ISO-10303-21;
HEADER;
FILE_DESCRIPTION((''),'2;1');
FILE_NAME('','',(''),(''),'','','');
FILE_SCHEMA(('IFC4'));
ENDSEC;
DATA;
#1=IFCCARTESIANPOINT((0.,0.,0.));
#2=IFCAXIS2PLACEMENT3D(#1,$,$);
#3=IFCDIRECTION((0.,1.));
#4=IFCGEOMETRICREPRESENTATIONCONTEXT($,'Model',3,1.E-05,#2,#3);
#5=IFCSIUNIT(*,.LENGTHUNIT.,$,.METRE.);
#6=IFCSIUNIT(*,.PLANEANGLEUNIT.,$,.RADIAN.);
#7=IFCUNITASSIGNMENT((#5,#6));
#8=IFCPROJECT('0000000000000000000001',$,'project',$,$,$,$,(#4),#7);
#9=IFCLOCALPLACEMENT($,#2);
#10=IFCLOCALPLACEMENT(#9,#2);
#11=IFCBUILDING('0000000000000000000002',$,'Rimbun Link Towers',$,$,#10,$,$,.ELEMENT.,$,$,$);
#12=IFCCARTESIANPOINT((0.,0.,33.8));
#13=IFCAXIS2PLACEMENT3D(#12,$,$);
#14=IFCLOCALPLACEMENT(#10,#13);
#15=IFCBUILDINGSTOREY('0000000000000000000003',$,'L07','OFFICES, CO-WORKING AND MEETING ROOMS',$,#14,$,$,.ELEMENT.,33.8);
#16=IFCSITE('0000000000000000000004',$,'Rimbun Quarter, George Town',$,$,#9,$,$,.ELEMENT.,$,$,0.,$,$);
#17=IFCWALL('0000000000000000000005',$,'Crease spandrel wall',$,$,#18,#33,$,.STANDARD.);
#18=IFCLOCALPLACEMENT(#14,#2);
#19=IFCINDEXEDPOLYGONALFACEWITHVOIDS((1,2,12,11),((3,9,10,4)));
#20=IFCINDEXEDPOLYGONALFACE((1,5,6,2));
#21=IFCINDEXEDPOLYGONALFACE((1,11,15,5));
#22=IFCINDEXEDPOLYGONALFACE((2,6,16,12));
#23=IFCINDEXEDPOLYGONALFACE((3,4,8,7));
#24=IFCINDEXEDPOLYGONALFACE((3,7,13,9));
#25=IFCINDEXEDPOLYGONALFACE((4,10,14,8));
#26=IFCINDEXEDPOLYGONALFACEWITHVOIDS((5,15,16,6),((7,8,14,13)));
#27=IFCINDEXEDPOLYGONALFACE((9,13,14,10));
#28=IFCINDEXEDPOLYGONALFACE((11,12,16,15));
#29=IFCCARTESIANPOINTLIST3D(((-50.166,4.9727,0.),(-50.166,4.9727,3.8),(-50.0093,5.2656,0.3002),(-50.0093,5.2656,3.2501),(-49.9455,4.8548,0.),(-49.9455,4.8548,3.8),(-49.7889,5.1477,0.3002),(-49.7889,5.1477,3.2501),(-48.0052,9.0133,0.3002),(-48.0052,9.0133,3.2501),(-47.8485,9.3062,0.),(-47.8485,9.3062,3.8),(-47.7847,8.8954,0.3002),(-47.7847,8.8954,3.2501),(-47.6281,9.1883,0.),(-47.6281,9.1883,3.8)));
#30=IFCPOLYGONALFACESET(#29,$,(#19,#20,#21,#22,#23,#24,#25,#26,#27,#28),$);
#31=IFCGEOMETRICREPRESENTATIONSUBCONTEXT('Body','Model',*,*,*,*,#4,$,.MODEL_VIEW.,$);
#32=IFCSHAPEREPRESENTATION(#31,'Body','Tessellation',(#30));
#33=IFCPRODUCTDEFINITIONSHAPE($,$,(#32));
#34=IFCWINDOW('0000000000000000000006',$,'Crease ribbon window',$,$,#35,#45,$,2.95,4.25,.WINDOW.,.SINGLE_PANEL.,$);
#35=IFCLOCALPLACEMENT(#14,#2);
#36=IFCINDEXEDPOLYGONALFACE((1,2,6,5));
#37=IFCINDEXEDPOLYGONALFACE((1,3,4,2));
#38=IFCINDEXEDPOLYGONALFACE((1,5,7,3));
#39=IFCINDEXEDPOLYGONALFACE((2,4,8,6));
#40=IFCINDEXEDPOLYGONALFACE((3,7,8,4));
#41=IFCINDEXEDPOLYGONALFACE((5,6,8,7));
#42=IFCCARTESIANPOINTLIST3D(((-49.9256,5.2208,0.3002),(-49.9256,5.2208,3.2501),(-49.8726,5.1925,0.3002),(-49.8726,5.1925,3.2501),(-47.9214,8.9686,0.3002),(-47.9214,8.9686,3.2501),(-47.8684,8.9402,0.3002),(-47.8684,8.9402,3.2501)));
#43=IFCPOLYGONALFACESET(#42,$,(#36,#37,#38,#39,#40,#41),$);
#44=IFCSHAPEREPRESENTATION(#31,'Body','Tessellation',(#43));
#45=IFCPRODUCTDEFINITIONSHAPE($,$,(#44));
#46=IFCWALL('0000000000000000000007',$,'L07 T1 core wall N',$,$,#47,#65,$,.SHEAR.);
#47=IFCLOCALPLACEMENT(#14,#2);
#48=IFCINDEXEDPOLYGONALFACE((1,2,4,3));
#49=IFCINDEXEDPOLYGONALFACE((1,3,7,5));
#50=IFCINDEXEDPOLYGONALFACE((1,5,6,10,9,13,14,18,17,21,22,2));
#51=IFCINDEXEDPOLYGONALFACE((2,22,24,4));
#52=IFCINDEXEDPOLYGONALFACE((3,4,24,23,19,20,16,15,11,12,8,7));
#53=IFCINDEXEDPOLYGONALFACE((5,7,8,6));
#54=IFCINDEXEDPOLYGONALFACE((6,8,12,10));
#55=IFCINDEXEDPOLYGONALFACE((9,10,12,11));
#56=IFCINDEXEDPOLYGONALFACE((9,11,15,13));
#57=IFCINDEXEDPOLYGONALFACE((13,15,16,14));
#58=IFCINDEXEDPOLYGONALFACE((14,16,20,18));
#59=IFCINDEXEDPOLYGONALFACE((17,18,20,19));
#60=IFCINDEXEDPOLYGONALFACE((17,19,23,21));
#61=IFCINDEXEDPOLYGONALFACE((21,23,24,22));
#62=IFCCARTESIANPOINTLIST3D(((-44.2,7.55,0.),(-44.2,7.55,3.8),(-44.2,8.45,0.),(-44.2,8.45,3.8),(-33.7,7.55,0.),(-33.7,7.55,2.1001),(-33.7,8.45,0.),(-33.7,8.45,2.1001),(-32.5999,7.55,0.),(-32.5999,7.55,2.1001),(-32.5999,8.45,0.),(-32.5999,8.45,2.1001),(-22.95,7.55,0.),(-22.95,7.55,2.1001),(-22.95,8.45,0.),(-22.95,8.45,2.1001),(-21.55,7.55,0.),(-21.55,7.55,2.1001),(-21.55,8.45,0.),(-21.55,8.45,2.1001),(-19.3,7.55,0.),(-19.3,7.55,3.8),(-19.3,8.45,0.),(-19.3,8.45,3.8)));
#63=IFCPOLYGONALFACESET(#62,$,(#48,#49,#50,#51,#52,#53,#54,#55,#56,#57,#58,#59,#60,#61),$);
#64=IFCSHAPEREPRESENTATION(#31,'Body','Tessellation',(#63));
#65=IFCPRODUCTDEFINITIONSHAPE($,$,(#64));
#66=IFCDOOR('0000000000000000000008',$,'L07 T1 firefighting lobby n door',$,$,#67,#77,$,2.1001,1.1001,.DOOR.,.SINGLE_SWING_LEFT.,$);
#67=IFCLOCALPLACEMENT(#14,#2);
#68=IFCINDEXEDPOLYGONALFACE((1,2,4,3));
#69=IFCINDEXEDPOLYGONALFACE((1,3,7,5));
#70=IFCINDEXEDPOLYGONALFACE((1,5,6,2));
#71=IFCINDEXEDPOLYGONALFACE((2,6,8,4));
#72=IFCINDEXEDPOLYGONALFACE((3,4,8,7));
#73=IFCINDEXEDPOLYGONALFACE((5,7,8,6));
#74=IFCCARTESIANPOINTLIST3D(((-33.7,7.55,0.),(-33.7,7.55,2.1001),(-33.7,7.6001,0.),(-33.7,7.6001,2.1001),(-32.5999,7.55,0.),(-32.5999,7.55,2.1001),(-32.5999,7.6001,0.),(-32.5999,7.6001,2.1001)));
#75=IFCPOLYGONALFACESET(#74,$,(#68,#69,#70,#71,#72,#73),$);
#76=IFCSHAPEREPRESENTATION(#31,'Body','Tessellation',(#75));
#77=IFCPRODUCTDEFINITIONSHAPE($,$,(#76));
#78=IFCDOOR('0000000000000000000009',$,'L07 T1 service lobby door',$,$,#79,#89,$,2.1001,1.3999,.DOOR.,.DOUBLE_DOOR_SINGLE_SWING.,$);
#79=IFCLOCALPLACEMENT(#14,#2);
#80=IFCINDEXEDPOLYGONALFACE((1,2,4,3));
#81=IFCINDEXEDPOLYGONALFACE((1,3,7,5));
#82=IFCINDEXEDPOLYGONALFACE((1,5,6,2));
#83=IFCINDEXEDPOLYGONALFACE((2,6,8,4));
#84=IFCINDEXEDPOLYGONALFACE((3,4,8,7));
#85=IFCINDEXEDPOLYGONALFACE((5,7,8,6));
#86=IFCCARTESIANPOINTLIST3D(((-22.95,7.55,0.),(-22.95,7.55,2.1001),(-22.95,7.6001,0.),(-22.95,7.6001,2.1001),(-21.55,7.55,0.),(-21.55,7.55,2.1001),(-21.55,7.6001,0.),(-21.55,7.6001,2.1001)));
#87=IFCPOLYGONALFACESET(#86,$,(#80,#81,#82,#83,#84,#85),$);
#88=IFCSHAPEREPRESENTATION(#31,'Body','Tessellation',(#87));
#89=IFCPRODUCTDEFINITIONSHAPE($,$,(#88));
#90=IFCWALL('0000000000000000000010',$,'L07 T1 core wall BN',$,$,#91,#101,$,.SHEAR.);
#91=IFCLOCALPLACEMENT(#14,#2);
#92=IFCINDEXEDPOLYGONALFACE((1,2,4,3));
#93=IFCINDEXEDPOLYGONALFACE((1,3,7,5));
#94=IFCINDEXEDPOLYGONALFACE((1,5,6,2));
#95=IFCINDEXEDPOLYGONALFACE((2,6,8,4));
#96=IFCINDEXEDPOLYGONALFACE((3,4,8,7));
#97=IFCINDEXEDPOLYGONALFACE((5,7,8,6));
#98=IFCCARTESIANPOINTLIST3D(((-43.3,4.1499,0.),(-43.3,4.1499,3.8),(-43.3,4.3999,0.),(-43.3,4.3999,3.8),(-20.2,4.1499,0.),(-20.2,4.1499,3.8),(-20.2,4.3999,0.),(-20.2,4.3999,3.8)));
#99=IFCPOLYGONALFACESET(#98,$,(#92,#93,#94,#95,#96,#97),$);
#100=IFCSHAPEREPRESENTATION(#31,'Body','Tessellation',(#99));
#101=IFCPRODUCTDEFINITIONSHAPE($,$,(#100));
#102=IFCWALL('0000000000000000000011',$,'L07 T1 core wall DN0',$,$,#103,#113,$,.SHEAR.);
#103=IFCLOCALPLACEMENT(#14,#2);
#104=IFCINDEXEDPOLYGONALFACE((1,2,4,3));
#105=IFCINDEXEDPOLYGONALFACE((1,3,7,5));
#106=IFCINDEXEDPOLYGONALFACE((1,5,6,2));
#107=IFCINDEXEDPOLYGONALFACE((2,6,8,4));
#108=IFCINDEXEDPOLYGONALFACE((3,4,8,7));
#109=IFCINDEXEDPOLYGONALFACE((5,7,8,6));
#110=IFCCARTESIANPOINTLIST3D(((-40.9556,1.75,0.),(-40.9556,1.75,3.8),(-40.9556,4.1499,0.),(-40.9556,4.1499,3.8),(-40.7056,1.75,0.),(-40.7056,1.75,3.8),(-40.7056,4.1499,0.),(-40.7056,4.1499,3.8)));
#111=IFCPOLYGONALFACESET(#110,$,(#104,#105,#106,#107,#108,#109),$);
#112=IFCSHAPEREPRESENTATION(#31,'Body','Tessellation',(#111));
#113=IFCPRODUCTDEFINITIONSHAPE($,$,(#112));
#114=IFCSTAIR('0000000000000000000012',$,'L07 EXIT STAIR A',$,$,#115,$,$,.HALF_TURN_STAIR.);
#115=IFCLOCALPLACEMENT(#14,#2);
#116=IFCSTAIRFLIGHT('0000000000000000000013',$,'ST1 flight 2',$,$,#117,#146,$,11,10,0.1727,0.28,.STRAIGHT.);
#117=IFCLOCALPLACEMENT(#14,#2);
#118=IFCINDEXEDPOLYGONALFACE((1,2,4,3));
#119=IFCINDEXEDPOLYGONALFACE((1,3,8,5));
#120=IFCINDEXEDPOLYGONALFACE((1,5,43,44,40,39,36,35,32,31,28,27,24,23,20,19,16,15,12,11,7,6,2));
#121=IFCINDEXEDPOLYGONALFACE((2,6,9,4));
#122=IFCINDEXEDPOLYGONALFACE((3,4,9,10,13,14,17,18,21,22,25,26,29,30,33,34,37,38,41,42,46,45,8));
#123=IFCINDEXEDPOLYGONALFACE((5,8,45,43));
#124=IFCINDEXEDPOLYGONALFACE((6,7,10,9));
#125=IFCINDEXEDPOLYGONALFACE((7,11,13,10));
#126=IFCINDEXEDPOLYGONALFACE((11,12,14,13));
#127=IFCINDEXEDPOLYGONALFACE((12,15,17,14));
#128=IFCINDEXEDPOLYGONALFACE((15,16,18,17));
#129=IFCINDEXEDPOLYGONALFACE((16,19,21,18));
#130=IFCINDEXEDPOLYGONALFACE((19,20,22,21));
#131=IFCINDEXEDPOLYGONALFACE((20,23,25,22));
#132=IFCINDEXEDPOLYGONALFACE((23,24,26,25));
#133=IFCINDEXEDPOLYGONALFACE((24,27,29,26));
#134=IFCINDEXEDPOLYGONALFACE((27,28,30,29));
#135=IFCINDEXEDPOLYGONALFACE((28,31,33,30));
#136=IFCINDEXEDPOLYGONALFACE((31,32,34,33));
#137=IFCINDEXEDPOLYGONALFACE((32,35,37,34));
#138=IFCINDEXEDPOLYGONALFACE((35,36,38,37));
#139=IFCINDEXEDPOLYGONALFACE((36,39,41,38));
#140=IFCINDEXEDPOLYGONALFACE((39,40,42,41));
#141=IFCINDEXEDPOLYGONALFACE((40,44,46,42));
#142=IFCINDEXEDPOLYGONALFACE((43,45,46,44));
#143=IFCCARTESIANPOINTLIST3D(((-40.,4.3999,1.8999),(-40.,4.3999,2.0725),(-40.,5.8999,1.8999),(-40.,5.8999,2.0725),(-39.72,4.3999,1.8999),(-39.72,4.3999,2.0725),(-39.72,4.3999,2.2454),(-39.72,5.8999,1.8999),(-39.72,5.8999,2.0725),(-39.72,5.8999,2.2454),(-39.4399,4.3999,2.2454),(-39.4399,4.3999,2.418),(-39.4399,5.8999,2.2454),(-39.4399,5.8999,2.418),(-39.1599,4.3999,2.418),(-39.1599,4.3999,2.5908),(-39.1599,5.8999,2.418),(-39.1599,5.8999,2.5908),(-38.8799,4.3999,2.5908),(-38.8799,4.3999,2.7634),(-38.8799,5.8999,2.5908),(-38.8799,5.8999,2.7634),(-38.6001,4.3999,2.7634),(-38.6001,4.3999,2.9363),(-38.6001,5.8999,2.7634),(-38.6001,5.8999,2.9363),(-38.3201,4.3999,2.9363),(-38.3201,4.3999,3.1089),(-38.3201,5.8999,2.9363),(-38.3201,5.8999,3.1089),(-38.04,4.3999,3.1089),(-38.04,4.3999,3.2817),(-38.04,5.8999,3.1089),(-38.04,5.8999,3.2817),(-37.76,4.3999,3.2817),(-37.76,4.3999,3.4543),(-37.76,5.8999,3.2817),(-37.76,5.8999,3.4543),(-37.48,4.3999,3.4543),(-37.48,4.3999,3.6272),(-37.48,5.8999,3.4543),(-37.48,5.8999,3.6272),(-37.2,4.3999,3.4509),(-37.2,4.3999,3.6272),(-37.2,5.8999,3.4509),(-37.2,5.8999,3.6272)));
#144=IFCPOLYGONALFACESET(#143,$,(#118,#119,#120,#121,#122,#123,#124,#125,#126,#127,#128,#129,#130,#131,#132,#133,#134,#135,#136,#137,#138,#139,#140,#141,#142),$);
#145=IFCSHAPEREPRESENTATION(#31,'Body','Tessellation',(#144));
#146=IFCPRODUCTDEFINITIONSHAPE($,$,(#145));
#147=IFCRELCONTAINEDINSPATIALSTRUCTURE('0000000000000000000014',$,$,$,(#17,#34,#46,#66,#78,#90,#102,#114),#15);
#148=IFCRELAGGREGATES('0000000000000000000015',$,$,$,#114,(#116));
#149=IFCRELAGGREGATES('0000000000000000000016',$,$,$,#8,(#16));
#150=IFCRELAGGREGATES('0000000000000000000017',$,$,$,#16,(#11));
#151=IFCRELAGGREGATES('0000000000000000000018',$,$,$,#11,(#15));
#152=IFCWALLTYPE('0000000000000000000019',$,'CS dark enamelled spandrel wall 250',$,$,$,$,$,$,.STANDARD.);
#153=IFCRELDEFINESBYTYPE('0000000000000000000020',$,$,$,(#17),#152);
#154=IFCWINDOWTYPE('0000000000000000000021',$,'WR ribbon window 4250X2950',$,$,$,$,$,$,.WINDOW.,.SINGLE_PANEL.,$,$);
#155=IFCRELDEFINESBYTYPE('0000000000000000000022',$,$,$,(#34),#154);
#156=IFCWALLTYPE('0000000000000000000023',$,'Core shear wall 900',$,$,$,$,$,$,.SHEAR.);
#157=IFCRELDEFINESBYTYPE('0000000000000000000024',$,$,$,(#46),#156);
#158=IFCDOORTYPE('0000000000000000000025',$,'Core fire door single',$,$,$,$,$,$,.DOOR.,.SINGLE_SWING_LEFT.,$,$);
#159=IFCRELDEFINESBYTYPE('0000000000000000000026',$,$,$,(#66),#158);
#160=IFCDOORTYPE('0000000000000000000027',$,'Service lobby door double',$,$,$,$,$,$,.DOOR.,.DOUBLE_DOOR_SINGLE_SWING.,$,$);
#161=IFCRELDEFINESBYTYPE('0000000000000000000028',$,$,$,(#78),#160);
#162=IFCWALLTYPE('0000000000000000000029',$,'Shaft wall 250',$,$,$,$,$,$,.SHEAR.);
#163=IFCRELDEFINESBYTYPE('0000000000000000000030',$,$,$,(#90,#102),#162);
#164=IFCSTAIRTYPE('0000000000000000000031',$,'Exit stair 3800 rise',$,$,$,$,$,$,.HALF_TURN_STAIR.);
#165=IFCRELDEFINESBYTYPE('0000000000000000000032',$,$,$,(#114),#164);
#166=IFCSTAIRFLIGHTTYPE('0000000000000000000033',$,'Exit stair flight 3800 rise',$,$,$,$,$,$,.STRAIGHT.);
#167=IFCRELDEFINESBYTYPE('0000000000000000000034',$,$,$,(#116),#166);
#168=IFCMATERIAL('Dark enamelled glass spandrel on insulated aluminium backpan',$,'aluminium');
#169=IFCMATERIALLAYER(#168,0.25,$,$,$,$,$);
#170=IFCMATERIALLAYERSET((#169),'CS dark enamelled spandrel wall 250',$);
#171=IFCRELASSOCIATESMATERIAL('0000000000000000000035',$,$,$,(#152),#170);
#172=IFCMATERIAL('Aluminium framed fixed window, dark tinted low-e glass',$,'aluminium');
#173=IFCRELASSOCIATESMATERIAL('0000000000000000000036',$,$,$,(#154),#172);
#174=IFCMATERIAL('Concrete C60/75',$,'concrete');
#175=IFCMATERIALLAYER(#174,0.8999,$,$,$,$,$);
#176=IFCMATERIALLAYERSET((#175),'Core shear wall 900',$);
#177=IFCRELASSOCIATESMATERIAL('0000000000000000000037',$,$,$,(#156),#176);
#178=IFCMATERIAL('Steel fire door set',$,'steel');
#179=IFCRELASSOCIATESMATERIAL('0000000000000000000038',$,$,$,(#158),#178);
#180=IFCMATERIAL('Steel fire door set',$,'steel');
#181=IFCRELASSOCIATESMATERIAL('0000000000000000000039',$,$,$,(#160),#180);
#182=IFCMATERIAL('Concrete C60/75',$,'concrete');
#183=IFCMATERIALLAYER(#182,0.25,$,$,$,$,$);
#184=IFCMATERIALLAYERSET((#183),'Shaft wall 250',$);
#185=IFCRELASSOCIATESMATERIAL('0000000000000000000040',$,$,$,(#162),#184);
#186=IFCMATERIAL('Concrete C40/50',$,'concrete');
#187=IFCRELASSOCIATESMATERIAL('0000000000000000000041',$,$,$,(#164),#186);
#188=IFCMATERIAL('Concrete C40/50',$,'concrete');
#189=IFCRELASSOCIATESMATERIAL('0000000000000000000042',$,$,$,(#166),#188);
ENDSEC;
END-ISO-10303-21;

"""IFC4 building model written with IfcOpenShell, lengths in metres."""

from ifc_helpers import new_model, si_unit, direction, frame, frame_2d, origin, place, context, subcontext, project, spatial, polyline, rectangle, outline, extrude, material, layer, layer_set, type_object, element, fill, aggregate, save


model = new_model("IFC4")

# Units and contexts
model_context = context("Model", 3, precision=1e-05, world=origin(), true_north=direction((0.0, 1.0)))
body_context = subcontext(model_context, "Body", "Model", "MODEL_VIEW")
ifc_project = project(units=[si_unit("LENGTHUNIT", "METRE"), si_unit("PLANEANGLEUNIT", "RADIAN")], contexts=[model_context])

# Site, building, storey
site_placement = place(None, origin())
site = spatial("IfcSite", under=ifc_project, at=site_placement, Name="Rimbun Quarter, George Town", CompositionType="ELEMENT", RefElevation=0.0)
building_placement = place(site_placement, origin())
building = spatial("IfcBuilding", under=site, at=building_placement, Name="Rimbun Link Towers", CompositionType="ELEMENT")
storey_placement = place(building_placement, frame((0.0, 0.0, 33.8)))
storey = spatial("IfcBuildingStorey", under=building, at=storey_placement, Name="L07", Description="OFFICES, CO-WORKING AND MEETING ROOMS", CompositionType="ELEMENT", Elevation=33.8)

# Wall, opening, window
ifc_material_1 = material(Name="Dark enamelled glass spandrel on insulated aluminium backpan", Category="aluminium")
ifc_layer_1 = layer(ifc_material_1, 0.25)
ifc_layer_set_1 = layer_set([ifc_layer_1], Name="CS dark enamelled spandrel wall 250")
wall_type_1 = type_object("IfcWallType", Name="CS dark enamelled spandrel wall 250", PredefinedType="STANDARD", material=ifc_layer_set_1)
wall_1_placement = place(storey_placement, frame((-50.0557, 4.9138, 0.0), z_axis=(0.0, 0.0, 1.0), x_axis=(0.471568, 0.88183, 0.0)))
wall_1 = element("IfcWall", 1, at=wall_1_placement, inside=storey, type_object=wall_type_1, Name="Crease spandrel wall", PredefinedType="STANDARD", context=body_context, shape_type="SweptSolid", body=[
    extrude(rectangle(XDim=4.9143, YDim=0.25, at=frame_2d((2.457, 0.0))), origin(), (0.0, 0.0, 1.0), 3.8),
])
opening_1_placement = place(wall_1_placement, frame((0.332, 0.0, 0.3)))
opening_1 = element("IfcOpeningElement", 2, at=opening_1_placement, cuts=wall_1, PredefinedType="OPENING", context=body_context, shape_type="SweptSolid", body=[
    extrude(rectangle(XDim=4.25, YDim=2.95, at=frame_2d((2.125, 1.4751))), frame((0.0, 0.135, 0.0), z_axis=(0.0, -1.0, 0.0), x_axis=(1.0, 0.0, 0.0)), (0.0, 0.0, 1.0), 0.27),
])
ifc_material_2 = material(Name="Aluminium framed fixed window, dark tinted low-e glass", Category="aluminium")
window_type_1 = type_object("IfcWindowType", Name="WR ribbon window 4250X2950", PartitioningType="SINGLE_PANEL", PredefinedType="WINDOW", material=ifc_material_2)
window_1_placement = place(opening_1_placement, origin())
window_1 = element("IfcWindow", 3, at=window_1_placement, inside=storey, type_object=window_type_1, Name="Crease ribbon window", OverallHeight=2.95, OverallWidth=4.25, PartitioningType="SINGLE_PANEL", PredefinedType="WINDOW", context=body_context, shape_type="SweptSolid", body=[
    extrude(rectangle(XDim=4.25, YDim=2.95, at=frame_2d((2.125, 1.4751))), frame((0.0, 0.03, 0.0), z_axis=(0.0, -1.0, 0.0), x_axis=(1.0, 0.0, 0.0)), (0.0, 0.0, 1.0), 0.0601),
])
fill(opening_1, window_1)

# Wall, openings, doors
ifc_material_3 = material(Name="Concrete C60/75", Category="concrete")
ifc_layer_2 = layer(ifc_material_3, 0.8999)
ifc_layer_set_2 = layer_set([ifc_layer_2], Name="Core shear wall 900")
wall_type_2 = type_object("IfcWallType", Name="Core shear wall 900", PredefinedType="SHEAR", material=ifc_layer_set_2)
wall_2_placement = place(storey_placement, frame((-44.2, 8.0, 0.0), z_axis=(0.0, 0.0, 1.0), x_axis=(1.0, 0.0, 0.0)))
wall_2 = element("IfcWall", 4, at=wall_2_placement, inside=storey, type_object=wall_type_2, Name="L07 T1 core wall N", PredefinedType="SHEAR", context=body_context, shape_type="SweptSolid", body=[
    extrude(rectangle(XDim=24.8999, YDim=0.8999, at=frame_2d((12.45, 0.0))), origin(), (0.0, 0.0, 1.0), 3.8),
])
opening_2_placement = place(wall_2_placement, frame((10.5, 0.0, 0.0)))
opening_2 = element("IfcOpeningElement", 5, at=opening_2_placement, cuts=wall_2, PredefinedType="OPENING", context=body_context, shape_type="SweptSolid", body=[
    extrude(rectangle(XDim=1.1001, YDim=2.1001, at=frame_2d((0.55, 1.05))), frame((0.0, 0.46, 0.0), z_axis=(0.0, -1.0, 0.0), x_axis=(1.0, 0.0, 0.0)), (0.0, 0.0, 1.0), 0.9199),
])
opening_3_placement = place(wall_2_placement, frame((21.25, 0.0, 0.0)))
opening_3 = element("IfcOpeningElement", 6, at=opening_3_placement, cuts=wall_2, PredefinedType="OPENING", context=body_context, shape_type="SweptSolid", body=[
    extrude(rectangle(XDim=1.3999, YDim=2.1001, at=frame_2d((0.7, 1.05))), frame((0.0, 0.46, 0.0), z_axis=(0.0, -1.0, 0.0), x_axis=(1.0, 0.0, 0.0)), (0.0, 0.0, 1.0), 0.9199),
])
ifc_material_4 = material(Name="Steel fire door set", Category="steel")
door_type_1 = type_object("IfcDoorType", Name="Core fire door single", OperationType="SINGLE_SWING_LEFT", PredefinedType="DOOR", material=ifc_material_4)
door_1_placement = place(opening_2_placement, origin())
door_1 = element("IfcDoor", 7, at=door_1_placement, inside=storey, type_object=door_type_1, Name="L07 T1 firefighting lobby n door", OperationType="SINGLE_SWING_LEFT", OverallHeight=2.1001, OverallWidth=1.1001, PredefinedType="DOOR", context=body_context, shape_type="SweptSolid", body=[
    extrude(rectangle(XDim=1.1001, YDim=2.1001, at=frame_2d((0.55, 1.05))), frame((0.0, -0.3999, 0.0), z_axis=(0.0, -1.0, 0.0), x_axis=(1.0, 0.0, 0.0)), (0.0, 0.0, 1.0), 0.05),
])
fill(opening_2, door_1)
ifc_material_5 = material(Name="Steel fire door set", Category="steel")
door_type_2 = type_object("IfcDoorType", Name="Service lobby door double", OperationType="DOUBLE_DOOR_SINGLE_SWING", PredefinedType="DOOR", material=ifc_material_5)
door_2_placement = place(opening_3_placement, origin())
door_2 = element("IfcDoor", 8, at=door_2_placement, inside=storey, type_object=door_type_2, Name="L07 T1 service lobby door", OperationType="DOUBLE_DOOR_SINGLE_SWING", OverallHeight=2.1001, OverallWidth=1.3999, PredefinedType="DOOR", context=body_context, shape_type="SweptSolid", body=[
    extrude(rectangle(XDim=1.3999, YDim=2.1001, at=frame_2d((0.7, 1.05))), frame((0.0, -0.3999, 0.0), z_axis=(0.0, -1.0, 0.0), x_axis=(1.0, 0.0, 0.0)), (0.0, 0.0, 1.0), 0.05),
])
fill(opening_3, door_2)

# Walls
ifc_material_6 = material(Name="Concrete C60/75", Category="concrete")
ifc_layer_3 = layer(ifc_material_6, 0.25)
ifc_layer_set_3 = layer_set([ifc_layer_3], Name="Shaft wall 250")
wall_type_3 = type_object("IfcWallType", Name="Shaft wall 250", PredefinedType="SHEAR", material=ifc_layer_set_3)
wall_3_placement = place(storey_placement, frame((-43.3, 4.2749, 0.0), z_axis=(0.0, 0.0, 1.0), x_axis=(1.0, 0.0, 0.0)))
element("IfcWall", 9, at=wall_3_placement, inside=storey, type_object=wall_type_3, Name="L07 T1 core wall BN", PredefinedType="SHEAR", context=body_context, shape_type="SweptSolid", body=[
    extrude(rectangle(XDim=23.1001, YDim=0.25, at=frame_2d((11.55, 0.0))), origin(), (0.0, 0.0, 1.0), 3.8),
])
wall_4_placement = place(storey_placement, frame((-40.8306, 1.75, 0.0), z_axis=(0.0, 0.0, 1.0), x_axis=(0.0, 1.0, 0.0)))
element("IfcWall", 10, at=wall_4_placement, inside=storey, type_object=wall_type_3, Name="L07 T1 core wall DN0", PredefinedType="SHEAR", context=body_context, shape_type="SweptSolid", body=[
    extrude(rectangle(XDim=2.3999, YDim=0.25, at=frame_2d((1.2, 0.0))), origin(), (0.0, 0.0, 1.0), 3.8),
])

# Stair, stair flight
ifc_material_7 = material(Name="Concrete C40/50", Category="concrete")
stair_type = type_object("IfcStairType", Name="Exit stair 3800 rise", PredefinedType="HALF_TURN_STAIR", material=ifc_material_7)
stair_placement = place(storey_placement, origin())
stair = element("IfcStair", 11, at=stair_placement, inside=storey, type_object=stair_type, Name="L07 EXIT STAIR A", PredefinedType="HALF_TURN_STAIR")
ifc_material_8 = material(Name="Concrete C40/50", Category="concrete")
stair_flight_type = type_object("IfcStairFlightType", Name="Exit stair flight 3800 rise", PredefinedType="STRAIGHT", material=ifc_material_8)
stair_flight_placement = place(storey_placement, frame((-40.0, 5.1499, 1.8999), z_axis=(0.0, 0.0, 1.0), x_axis=(1.0, 0.0, 0.0)))
stair_flight = element("IfcStairFlight", 12, at=stair_flight_placement, type_object=stair_flight_type, Name="ST1 flight 2", NumberOfRisers=11, NumberOfTreads=10, PredefinedType="STRAIGHT", RiserHeight=0.1727, TreadLength=0.28, context=body_context, shape_type="SweptSolid", body=[
    extrude(outline(polyline([(0.0, 0.0), (0.0, 0.1726), (0.28, 0.1726), (0.28, 0.3455), (0.5601, 0.3455), (0.5601, 0.5181), (0.8401, 0.5181), (0.8401, 0.6909), (1.1201, 0.6909), (1.1201, 0.8635), (1.3999, 0.8635), (1.3999, 1.0364), (1.6799, 1.0364), (1.6799, 1.209), (1.96, 1.209), (1.96, 1.3818), (2.24, 1.3818), (2.24, 1.5544), (2.52, 1.5544), (2.52, 1.7273), (2.8, 1.7273), (2.8, 1.8999), (2.8, 1.551), (0.28, 0.0), (0.0, 0.0)])), frame((0.0, 0.75, 0.0), z_axis=(0.0, -1.0, 0.0), x_axis=(1.0, 0.0, 0.0)), (0.0, 0.0, 1.0), 1.5),
])
aggregate(stair, [stair_flight])

save(model, "model.ifc")
